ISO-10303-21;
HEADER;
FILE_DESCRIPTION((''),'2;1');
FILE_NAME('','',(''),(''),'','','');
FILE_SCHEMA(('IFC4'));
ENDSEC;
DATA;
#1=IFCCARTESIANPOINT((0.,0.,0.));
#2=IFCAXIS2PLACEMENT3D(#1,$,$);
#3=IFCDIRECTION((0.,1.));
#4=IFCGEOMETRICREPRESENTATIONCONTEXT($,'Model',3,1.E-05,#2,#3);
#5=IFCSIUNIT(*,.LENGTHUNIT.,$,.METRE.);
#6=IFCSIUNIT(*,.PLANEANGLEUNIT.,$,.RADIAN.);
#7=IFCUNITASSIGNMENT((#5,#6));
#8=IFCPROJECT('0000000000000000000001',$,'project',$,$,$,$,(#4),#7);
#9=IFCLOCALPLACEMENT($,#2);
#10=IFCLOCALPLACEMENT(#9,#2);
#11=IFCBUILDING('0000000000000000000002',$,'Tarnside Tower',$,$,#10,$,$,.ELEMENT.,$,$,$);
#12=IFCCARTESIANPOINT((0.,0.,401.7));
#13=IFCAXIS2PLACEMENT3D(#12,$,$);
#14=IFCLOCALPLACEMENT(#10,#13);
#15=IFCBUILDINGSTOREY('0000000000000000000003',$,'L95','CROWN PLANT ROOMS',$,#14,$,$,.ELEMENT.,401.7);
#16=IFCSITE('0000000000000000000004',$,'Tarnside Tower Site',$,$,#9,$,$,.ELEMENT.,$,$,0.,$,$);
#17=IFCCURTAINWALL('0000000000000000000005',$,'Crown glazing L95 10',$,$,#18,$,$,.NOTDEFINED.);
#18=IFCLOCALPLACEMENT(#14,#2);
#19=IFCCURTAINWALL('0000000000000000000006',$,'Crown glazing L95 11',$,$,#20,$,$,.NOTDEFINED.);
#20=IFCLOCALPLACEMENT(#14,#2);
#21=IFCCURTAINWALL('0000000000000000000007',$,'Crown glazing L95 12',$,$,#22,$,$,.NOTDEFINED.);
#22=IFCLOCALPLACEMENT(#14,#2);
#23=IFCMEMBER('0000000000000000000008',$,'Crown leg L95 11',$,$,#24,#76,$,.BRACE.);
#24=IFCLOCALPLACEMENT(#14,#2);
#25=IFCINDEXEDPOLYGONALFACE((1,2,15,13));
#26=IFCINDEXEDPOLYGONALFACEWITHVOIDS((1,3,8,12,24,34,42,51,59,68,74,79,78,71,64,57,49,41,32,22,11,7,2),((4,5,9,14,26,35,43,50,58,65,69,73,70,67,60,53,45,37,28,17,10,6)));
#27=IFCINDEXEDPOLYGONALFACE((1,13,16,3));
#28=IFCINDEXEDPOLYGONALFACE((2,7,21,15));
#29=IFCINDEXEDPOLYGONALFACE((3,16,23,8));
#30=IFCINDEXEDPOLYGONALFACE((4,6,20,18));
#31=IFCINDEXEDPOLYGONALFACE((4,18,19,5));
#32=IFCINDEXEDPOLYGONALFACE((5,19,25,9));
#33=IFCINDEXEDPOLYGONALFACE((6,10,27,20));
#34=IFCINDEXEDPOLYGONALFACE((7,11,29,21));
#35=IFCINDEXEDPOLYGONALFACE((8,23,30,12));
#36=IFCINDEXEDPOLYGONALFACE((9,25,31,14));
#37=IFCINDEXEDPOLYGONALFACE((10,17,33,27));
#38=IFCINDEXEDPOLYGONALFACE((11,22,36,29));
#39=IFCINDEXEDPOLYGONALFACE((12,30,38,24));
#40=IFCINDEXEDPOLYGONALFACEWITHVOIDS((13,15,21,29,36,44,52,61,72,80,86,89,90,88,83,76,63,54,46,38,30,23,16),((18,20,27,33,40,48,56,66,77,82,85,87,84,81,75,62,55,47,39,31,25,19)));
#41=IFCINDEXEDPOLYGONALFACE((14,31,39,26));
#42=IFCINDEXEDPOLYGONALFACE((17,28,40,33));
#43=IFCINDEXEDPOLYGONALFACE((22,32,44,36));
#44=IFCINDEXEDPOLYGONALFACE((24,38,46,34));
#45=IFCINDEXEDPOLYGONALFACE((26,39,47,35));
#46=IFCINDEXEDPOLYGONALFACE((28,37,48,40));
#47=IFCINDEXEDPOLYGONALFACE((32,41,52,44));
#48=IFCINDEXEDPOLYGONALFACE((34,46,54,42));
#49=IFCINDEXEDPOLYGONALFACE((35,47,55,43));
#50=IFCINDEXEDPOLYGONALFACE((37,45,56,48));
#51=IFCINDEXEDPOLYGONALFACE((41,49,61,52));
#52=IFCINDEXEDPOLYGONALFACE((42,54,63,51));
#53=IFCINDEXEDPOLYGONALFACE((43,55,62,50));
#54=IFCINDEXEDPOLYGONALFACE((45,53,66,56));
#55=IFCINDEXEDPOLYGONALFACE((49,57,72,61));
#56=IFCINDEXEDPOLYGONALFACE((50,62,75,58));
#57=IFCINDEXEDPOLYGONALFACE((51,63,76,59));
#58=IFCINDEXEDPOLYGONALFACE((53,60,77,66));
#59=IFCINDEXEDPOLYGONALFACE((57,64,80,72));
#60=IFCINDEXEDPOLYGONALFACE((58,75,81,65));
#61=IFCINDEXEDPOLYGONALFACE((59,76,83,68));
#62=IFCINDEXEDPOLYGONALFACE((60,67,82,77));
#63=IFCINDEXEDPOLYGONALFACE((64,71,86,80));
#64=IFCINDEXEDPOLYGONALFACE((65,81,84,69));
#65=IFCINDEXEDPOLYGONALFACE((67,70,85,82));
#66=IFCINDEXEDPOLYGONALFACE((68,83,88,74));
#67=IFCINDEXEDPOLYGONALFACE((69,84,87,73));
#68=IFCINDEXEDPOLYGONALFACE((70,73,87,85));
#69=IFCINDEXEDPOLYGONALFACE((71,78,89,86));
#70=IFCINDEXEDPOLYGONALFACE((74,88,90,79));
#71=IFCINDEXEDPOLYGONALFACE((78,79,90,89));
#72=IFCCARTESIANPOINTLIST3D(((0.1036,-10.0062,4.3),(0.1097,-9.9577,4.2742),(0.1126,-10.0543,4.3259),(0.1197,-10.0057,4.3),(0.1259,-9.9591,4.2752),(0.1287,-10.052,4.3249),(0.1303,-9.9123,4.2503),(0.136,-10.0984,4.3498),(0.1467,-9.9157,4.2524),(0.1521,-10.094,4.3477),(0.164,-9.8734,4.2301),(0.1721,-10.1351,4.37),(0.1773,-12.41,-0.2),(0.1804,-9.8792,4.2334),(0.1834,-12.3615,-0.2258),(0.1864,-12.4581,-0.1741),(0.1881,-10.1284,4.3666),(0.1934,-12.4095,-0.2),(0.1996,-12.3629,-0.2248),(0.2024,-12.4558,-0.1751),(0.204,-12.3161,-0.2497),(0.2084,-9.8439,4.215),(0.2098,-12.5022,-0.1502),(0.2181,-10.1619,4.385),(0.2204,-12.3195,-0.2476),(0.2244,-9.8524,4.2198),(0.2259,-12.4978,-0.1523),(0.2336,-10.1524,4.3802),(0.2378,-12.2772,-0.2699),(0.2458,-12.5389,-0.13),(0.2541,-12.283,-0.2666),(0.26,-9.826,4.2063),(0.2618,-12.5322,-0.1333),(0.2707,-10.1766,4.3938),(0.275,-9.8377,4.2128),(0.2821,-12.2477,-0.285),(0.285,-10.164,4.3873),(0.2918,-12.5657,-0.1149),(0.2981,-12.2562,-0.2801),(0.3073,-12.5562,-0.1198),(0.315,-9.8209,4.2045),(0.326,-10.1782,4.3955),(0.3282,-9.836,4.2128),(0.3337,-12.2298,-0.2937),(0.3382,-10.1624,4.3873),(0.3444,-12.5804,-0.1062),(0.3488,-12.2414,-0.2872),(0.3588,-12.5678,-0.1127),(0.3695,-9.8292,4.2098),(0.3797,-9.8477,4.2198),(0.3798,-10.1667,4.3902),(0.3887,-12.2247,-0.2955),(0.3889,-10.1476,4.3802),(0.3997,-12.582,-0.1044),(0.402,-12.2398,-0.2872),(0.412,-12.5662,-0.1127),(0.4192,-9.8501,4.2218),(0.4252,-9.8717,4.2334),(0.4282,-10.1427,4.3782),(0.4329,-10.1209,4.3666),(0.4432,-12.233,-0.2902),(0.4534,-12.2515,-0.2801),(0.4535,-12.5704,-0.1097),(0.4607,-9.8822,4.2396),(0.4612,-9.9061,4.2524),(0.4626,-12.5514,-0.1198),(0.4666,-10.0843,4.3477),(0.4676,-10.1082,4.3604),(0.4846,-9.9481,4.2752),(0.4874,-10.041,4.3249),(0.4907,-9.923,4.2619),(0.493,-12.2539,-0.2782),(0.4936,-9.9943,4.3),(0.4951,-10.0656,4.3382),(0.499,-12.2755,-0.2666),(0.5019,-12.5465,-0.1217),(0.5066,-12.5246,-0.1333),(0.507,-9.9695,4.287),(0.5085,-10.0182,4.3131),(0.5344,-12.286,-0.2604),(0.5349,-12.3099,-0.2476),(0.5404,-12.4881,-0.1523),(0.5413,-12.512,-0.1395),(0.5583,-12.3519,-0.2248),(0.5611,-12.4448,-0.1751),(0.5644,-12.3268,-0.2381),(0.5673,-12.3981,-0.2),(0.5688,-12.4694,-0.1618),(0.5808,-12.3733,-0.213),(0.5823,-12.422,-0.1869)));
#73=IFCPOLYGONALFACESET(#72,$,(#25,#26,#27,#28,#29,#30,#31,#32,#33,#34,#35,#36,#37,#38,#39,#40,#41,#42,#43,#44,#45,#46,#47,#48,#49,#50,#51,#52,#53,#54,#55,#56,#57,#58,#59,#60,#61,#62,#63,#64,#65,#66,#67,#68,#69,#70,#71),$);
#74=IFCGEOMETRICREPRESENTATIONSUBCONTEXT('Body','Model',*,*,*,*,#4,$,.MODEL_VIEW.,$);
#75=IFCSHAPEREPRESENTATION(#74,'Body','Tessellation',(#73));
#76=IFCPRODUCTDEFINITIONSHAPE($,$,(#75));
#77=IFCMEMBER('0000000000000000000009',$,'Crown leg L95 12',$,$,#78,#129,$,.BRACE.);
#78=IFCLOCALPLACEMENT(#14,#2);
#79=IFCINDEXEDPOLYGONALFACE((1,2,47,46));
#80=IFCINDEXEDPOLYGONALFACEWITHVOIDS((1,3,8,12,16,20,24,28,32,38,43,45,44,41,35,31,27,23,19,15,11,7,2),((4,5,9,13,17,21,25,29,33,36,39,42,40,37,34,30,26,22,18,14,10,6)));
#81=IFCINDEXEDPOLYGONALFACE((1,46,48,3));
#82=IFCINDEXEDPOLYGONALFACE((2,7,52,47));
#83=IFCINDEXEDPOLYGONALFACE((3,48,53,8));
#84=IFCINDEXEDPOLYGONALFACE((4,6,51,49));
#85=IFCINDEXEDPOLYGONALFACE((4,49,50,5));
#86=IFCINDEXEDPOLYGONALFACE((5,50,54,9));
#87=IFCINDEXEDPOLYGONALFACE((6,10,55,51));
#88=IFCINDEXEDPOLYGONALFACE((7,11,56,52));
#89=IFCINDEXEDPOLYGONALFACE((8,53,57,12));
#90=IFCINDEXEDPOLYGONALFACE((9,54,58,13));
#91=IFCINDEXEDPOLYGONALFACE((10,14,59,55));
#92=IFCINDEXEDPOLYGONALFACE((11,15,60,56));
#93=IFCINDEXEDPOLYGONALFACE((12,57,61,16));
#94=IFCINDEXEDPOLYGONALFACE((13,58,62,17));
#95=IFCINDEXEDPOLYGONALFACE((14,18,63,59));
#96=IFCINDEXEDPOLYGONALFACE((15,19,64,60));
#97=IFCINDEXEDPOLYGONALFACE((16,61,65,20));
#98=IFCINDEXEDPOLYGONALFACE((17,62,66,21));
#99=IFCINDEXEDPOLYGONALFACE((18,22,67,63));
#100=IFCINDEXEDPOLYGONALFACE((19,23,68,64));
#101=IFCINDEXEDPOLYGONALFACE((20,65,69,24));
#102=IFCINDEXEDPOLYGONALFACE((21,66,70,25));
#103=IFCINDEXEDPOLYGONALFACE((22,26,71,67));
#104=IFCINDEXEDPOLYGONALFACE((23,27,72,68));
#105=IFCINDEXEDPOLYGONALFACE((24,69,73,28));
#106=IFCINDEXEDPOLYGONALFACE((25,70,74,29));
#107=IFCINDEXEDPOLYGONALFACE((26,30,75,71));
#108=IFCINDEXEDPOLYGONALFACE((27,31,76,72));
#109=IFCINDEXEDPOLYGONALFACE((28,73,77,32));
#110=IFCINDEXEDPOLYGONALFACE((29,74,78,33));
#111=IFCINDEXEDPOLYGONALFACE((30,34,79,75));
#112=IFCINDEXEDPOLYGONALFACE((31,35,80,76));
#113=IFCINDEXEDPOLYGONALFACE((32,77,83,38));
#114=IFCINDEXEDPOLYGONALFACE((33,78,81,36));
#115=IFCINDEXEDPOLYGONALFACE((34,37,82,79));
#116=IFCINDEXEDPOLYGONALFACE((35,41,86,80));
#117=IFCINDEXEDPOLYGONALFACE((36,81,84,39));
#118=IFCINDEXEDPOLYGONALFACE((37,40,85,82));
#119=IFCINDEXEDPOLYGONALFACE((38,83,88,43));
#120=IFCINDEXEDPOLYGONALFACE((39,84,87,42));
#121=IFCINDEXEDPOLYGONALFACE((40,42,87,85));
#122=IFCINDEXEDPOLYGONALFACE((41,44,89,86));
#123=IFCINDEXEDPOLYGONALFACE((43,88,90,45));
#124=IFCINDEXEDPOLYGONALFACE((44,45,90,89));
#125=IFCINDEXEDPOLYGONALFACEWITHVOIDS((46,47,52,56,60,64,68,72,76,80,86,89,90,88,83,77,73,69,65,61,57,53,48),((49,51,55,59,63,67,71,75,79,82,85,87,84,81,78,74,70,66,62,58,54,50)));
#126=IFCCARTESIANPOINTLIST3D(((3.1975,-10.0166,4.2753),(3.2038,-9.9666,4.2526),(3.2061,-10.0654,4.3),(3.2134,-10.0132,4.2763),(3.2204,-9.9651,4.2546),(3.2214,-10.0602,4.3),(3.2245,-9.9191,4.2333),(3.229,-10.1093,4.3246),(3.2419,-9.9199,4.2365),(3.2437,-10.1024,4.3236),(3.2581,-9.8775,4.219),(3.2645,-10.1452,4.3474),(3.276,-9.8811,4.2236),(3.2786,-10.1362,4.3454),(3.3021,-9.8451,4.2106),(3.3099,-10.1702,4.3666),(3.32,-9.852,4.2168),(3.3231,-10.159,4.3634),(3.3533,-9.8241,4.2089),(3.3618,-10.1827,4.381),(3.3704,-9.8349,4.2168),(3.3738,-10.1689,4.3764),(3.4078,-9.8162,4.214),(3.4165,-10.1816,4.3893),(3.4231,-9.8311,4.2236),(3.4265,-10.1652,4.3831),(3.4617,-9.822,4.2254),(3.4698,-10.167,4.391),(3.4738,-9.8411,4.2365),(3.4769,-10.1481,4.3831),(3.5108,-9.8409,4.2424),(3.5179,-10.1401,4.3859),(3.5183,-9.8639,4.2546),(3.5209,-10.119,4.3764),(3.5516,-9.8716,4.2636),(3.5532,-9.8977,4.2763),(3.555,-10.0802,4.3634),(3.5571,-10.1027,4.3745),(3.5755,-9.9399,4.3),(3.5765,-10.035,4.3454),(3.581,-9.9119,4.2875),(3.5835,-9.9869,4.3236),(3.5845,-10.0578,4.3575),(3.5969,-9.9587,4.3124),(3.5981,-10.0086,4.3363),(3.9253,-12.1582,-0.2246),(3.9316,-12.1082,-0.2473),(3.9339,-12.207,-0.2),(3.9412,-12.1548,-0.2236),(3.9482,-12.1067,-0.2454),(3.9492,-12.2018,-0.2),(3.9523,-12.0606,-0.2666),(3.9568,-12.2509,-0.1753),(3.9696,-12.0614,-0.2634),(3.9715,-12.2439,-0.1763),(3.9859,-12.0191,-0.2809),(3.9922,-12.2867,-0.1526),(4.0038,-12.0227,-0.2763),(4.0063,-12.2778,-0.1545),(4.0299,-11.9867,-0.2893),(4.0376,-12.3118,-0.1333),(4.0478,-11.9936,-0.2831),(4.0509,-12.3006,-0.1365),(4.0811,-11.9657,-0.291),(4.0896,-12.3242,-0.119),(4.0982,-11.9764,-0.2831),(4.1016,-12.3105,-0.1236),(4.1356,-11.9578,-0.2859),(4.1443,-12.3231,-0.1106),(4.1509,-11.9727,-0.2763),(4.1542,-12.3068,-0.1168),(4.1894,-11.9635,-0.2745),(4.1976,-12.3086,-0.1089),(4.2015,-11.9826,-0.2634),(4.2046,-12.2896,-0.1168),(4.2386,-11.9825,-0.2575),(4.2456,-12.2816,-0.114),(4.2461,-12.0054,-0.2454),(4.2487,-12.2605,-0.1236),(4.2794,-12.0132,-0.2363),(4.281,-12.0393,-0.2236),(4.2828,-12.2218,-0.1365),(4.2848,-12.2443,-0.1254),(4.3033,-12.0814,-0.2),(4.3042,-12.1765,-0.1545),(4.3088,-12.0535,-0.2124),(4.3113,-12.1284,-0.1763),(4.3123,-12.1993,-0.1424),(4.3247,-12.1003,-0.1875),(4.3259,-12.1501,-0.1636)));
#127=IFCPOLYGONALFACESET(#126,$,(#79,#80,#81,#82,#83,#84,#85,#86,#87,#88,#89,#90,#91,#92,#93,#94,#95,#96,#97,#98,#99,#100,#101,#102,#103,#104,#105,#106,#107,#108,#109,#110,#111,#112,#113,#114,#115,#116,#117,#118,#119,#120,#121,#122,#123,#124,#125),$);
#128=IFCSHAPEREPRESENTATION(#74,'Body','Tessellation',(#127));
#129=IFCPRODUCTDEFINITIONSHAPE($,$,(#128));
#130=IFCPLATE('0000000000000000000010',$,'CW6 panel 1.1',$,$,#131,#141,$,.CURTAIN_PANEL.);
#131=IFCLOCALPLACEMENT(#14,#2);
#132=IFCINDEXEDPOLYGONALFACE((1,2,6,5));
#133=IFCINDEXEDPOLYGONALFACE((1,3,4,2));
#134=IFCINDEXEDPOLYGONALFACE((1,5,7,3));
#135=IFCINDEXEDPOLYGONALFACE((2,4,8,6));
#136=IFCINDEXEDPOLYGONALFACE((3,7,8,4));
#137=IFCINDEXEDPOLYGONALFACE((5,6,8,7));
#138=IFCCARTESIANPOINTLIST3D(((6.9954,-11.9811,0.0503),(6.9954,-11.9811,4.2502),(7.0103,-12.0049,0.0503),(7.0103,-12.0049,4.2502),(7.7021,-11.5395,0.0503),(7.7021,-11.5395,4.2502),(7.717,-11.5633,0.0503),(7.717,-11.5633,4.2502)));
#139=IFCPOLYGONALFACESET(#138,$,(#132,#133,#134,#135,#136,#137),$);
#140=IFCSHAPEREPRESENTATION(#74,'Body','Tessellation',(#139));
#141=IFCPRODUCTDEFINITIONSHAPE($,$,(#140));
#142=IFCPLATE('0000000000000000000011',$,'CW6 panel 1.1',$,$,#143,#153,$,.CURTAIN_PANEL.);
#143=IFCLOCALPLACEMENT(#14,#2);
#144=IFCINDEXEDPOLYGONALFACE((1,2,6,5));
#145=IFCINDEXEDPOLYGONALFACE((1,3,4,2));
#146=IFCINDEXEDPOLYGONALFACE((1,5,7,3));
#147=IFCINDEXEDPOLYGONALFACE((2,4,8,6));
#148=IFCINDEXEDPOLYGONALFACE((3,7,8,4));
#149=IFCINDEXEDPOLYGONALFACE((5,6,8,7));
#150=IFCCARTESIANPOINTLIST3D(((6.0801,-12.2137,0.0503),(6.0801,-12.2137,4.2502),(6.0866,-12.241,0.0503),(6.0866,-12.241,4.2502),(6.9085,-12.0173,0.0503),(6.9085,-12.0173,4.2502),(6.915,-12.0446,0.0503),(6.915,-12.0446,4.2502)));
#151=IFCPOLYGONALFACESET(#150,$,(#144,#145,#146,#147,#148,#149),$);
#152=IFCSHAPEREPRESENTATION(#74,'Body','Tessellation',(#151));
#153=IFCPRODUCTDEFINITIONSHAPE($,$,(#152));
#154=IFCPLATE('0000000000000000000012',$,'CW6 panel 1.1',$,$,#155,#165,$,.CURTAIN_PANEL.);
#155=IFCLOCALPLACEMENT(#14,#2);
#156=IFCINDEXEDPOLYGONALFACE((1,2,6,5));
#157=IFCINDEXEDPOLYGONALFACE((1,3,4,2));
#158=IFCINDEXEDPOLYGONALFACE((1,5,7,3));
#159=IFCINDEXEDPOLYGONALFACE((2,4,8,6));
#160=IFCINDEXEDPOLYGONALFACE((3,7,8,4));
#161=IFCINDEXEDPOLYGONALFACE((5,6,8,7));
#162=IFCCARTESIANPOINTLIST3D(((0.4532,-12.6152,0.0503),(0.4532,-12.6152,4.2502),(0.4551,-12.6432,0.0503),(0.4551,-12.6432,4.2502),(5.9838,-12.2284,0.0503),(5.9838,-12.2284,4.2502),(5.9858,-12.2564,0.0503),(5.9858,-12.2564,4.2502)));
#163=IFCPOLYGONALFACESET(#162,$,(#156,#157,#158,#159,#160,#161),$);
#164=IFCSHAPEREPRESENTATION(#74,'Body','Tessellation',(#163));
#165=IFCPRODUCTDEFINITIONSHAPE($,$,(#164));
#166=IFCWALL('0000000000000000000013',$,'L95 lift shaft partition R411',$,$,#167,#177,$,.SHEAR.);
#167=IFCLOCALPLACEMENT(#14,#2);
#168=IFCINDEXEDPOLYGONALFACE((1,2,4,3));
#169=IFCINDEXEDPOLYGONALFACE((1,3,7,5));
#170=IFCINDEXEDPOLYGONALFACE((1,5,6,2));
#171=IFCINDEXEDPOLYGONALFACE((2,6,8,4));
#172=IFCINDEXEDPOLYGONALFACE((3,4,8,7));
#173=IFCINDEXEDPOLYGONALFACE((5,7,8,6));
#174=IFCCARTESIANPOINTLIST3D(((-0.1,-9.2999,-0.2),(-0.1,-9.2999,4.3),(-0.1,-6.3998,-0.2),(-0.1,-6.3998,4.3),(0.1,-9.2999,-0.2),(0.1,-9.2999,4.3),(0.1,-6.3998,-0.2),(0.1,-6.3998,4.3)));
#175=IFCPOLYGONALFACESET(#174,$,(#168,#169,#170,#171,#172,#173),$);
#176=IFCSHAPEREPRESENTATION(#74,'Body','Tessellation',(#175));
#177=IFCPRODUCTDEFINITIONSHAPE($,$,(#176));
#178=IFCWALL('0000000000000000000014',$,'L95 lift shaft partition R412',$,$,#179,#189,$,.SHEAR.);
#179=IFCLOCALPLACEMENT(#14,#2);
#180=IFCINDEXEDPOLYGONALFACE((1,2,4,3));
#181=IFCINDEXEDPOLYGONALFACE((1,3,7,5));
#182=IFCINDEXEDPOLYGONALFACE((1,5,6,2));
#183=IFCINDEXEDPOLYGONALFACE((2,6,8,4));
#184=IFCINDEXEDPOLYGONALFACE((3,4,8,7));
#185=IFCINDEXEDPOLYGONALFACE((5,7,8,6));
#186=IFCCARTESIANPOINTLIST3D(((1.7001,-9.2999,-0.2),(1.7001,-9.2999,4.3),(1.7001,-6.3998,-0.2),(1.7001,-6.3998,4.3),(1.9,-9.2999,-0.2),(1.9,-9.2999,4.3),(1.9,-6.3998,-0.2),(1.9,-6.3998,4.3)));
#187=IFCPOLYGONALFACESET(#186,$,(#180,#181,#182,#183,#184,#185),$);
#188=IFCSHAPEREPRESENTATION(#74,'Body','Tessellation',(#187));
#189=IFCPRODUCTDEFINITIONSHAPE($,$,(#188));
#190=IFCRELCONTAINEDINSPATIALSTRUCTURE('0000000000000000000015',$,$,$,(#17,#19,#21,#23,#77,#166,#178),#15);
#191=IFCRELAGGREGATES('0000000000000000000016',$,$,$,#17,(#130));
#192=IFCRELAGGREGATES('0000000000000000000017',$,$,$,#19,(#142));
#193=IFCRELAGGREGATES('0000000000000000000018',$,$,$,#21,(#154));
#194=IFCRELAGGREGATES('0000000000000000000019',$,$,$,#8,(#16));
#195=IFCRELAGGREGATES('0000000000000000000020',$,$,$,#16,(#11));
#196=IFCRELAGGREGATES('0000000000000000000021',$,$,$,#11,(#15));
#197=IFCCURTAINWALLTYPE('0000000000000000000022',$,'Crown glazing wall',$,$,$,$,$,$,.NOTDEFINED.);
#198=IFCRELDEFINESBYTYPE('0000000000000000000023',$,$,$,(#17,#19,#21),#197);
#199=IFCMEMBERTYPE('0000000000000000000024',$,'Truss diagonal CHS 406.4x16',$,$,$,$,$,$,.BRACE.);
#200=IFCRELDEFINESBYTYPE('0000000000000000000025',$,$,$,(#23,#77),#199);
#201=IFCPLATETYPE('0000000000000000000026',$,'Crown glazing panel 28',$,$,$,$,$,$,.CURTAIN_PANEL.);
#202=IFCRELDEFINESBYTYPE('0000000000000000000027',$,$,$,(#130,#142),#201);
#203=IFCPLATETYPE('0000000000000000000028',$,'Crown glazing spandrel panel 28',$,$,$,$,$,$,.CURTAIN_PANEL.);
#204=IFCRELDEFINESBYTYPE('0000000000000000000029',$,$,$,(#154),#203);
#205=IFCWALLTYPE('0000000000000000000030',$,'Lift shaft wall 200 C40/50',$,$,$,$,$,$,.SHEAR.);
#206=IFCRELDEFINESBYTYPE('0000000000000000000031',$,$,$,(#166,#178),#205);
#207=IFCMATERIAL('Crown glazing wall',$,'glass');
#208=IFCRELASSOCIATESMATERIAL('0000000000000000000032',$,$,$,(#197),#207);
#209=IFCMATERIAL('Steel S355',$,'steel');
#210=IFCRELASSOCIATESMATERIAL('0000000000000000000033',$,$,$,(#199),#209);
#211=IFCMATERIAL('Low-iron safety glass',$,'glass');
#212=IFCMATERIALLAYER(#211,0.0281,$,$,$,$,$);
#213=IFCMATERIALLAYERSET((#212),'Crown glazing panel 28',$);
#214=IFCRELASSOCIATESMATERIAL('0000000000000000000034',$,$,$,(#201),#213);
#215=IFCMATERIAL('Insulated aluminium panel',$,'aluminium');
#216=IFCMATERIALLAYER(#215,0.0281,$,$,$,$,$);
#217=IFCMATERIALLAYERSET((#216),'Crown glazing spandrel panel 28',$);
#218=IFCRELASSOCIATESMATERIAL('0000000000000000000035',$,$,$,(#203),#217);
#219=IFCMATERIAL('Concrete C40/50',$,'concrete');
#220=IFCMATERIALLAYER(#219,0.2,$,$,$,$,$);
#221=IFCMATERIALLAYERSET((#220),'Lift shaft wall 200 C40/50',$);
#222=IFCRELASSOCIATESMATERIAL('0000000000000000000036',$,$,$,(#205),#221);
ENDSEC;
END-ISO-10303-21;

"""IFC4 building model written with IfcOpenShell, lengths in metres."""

from ifc_helpers import new_model, si_unit, direction, frame, frame_2d, origin, origin_2d, place, context, subcontext, project, spatial, rectangle, hollow_circle, extrude, material, layer, layer_set, material_profile, profile_set, type_object, element, aggregate, save


model = new_model("IFC4")

# Units and contexts
model_context = context("Model", 3, precision=1e-05, world=origin(), true_north=direction((0.0, 1.0)))
body_context = subcontext(model_context, "Body", "Model", "MODEL_VIEW")
ifc_project = project(units=[si_unit("LENGTHUNIT", "METRE"), si_unit("PLANEANGLEUNIT", "RADIAN")], contexts=[model_context])

# Site, building, storey
site_placement = place(None, origin())
site = spatial("IfcSite", under=ifc_project, at=site_placement, Name="Tarnside Tower Site", CompositionType="ELEMENT", RefElevation=0.0)
building_placement = place(site_placement, origin())
building = spatial("IfcBuilding", under=site, at=building_placement, Name="Tarnside Tower", CompositionType="ELEMENT")
storey_placement = place(building_placement, frame((0.0, 0.0, 401.7)))
storey = spatial("IfcBuildingStorey", under=building, at=storey_placement, Name="L95", Description="CROWN PLANT ROOMS", CompositionType="ELEMENT", Elevation=401.7)

# Curtain wall
ifc_material_1 = material(Name="Crown glazing wall", Category="glass")
curtain_wall_type = type_object("IfcCurtainWallType", Name="Crown glazing wall", PredefinedType="NOTDEFINED", material=ifc_material_1)
curtain_wall_1_placement = place(storey_placement, origin())
curtain_wall_1 = element("IfcCurtainWall", 1, at=curtain_wall_1_placement, inside=storey, type_object=curtain_wall_type, Name="Crown glazing L95 10", PredefinedType="NOTDEFINED")

# Curtain walls
curtain_wall_2_placement = place(storey_placement, origin())
curtain_wall_2 = element("IfcCurtainWall", 2, at=curtain_wall_2_placement, inside=storey, type_object=curtain_wall_type, Name="Crown glazing L95 11", PredefinedType="NOTDEFINED")
curtain_wall_3_placement = place(storey_placement, origin())
curtain_wall_3 = element("IfcCurtainWall", 3, at=curtain_wall_3_placement, inside=storey, type_object=curtain_wall_type, Name="Crown glazing L95 12", PredefinedType="NOTDEFINED")

# Members
ifc_material_2 = material(Name="Steel S355", Category="steel")
ifc_material_profile_1 = material_profile(ifc_material_2, hollow_circle(Radius=0.2031, WallThickness=0.0161, at=origin_2d()), Name="CHS 406.4x16")
ifc_profile_set_1 = profile_set([ifc_material_profile_1], Name="Steel S355")
member_type_1 = type_object("IfcMemberType", Name="Truss diagonal CHS 406.4x16", PredefinedType="BRACE", material=ifc_profile_set_1)
member_1_placement = place(storey_placement, frame((0.3804, -12.4038, -0.2), z_axis=(-0.01445, 0.47112, 0.881951), x_axis=(-0.99953, -0.030658, 0.0)))
element("IfcMember", 4, at=member_1_placement, inside=storey, type_object=member_type_1, Name="Crown leg L95 11", PredefinedType="BRACE", context=body_context, shape_type="SweptSolid", body=[
    extrude(hollow_circle(Radius=0.2031, WallThickness=0.0161, at=origin_2d()), origin(), (0.0, 0.0, 1.0), 5.1023),
])
member_2_placement = place(storey_placement, frame((4.1262, -12.1416, -0.2), z_axis=(-0.144502, 0.425218, 0.893481), x_axis=(-0.946821, -0.32176, 0.0)))
element("IfcMember", 5, at=member_2_placement, inside=storey, type_object=member_type_1, Name="Crown leg L95 12", PredefinedType="BRACE", context=body_context, shape_type="SweptSolid", body=[
    extrude(hollow_circle(Radius=0.2031, WallThickness=0.0161, at=origin_2d()), origin(), (0.0, 0.0, 1.0), 5.0364),
])

# Plates
ifc_material_3 = material(Name="Low-iron safety glass", Category="glass")
ifc_layer_1 = layer(ifc_material_3, 0.0281)
ifc_layer_set_1 = layer_set([ifc_layer_1], Name="Crown glazing panel 28")
plate_type_1 = type_object("IfcPlateType", Name="Crown glazing panel 28", PredefinedType="CURTAIN_PANEL", material=ifc_layer_set_1)
plate_1_placement = place(storey_placement, frame((7.3562, -11.7722, 0.0503), z_axis=(0.0, 0.0, 1.0), x_axis=(-0.848048, -0.529919, 0.0)))
plate_1 = element("IfcPlate", 6, at=plate_1_placement, type_object=plate_type_1, Name="CW6 panel 1.1", PredefinedType="CURTAIN_PANEL", context=body_context, shape_type="SweptSolid", body=[
    extrude(rectangle(XDim=0.8333, YDim=0.0281, at=origin_2d()), origin(), (0.0, 0.0, 1.0), 4.2),
])
aggregate(curtain_wall_1, [plate_1])
plate_2_placement = place(storey_placement, frame((6.4976, -12.1292, 0.0503), z_axis=(0.0, 0.0, 1.0), x_axis=(-0.973045, -0.230616, 0.0)))
plate_2 = element("IfcPlate", 7, at=plate_2_placement, type_object=plate_type_1, Name="CW6 panel 1.1", PredefinedType="CURTAIN_PANEL", context=body_context, shape_type="SweptSolid", body=[
    extrude(rectangle(XDim=0.8513, YDim=0.0281, at=origin_2d()), origin(), (0.0, 0.0, 1.0), 4.2),
])
aggregate(curtain_wall_2, [plate_2])
ifc_material_4 = material(Name="Insulated aluminium panel", Category="aluminium")
ifc_layer_2 = layer(ifc_material_4, 0.0281)
ifc_layer_set_2 = layer_set([ifc_layer_2], Name="Crown glazing spandrel panel 28")
plate_type_2 = type_object("IfcPlateType", Name="Crown glazing spandrel panel 28", PredefinedType="CURTAIN_PANEL", material=ifc_layer_set_2)
plate_3_placement = place(storey_placement, frame((3.2195, -12.4358, 0.0503), z_axis=(0.0, 0.0, 1.0), x_axis=(-0.997564, -0.069756, 0.0)))
plate_3 = element("IfcPlate", 8, at=plate_3_placement, type_object=plate_type_2, Name="CW6 panel 1.1", PredefinedType="CURTAIN_PANEL", context=body_context, shape_type="SweptSolid", body=[
    extrude(rectangle(XDim=5.5442, YDim=0.0281, at=origin_2d()), origin(), (0.0, 0.0, 1.0), 4.2),
])
aggregate(curtain_wall_3, [plate_3])

# Walls
ifc_material_5 = material(Name="Concrete C40/50", Category="concrete")
ifc_layer_3 = layer(ifc_material_5, 0.2)
ifc_layer_set_3 = layer_set([ifc_layer_3], Name="Lift shaft wall 200 C40/50")
wall_type_1 = type_object("IfcWallType", Name="Lift shaft wall 200 C40/50", PredefinedType="SHEAR", material=ifc_layer_set_3)
for number, where, z_axis, x_axis, name in (
    (9, (0.0, -9.3, -0.2), (0.0, 0.0, 1.0), (0.0, 1.0, 0.0), "L95 lift shaft partition R411"),
    (10, (1.8, -9.3, -0.2), (0.0, 0.0, 1.0), (0.0, 1.0, 0.0), "L95 lift shaft partition R412"),
):
    element("IfcWall", number, at=place(storey_placement, frame(where, z_axis=z_axis, x_axis=x_axis)), inside=storey, type_object=wall_type_1, Name=name, PredefinedType="SHEAR", context=body_context, shape_type="SweptSolid", body=[
        extrude(rectangle(XDim=2.9001, YDim=0.2, at=frame_2d((1.4502, 0.0))), origin(), (0.0, 0.0, 1.0), 4.5),
    ])

save(model, "model.ifc")
